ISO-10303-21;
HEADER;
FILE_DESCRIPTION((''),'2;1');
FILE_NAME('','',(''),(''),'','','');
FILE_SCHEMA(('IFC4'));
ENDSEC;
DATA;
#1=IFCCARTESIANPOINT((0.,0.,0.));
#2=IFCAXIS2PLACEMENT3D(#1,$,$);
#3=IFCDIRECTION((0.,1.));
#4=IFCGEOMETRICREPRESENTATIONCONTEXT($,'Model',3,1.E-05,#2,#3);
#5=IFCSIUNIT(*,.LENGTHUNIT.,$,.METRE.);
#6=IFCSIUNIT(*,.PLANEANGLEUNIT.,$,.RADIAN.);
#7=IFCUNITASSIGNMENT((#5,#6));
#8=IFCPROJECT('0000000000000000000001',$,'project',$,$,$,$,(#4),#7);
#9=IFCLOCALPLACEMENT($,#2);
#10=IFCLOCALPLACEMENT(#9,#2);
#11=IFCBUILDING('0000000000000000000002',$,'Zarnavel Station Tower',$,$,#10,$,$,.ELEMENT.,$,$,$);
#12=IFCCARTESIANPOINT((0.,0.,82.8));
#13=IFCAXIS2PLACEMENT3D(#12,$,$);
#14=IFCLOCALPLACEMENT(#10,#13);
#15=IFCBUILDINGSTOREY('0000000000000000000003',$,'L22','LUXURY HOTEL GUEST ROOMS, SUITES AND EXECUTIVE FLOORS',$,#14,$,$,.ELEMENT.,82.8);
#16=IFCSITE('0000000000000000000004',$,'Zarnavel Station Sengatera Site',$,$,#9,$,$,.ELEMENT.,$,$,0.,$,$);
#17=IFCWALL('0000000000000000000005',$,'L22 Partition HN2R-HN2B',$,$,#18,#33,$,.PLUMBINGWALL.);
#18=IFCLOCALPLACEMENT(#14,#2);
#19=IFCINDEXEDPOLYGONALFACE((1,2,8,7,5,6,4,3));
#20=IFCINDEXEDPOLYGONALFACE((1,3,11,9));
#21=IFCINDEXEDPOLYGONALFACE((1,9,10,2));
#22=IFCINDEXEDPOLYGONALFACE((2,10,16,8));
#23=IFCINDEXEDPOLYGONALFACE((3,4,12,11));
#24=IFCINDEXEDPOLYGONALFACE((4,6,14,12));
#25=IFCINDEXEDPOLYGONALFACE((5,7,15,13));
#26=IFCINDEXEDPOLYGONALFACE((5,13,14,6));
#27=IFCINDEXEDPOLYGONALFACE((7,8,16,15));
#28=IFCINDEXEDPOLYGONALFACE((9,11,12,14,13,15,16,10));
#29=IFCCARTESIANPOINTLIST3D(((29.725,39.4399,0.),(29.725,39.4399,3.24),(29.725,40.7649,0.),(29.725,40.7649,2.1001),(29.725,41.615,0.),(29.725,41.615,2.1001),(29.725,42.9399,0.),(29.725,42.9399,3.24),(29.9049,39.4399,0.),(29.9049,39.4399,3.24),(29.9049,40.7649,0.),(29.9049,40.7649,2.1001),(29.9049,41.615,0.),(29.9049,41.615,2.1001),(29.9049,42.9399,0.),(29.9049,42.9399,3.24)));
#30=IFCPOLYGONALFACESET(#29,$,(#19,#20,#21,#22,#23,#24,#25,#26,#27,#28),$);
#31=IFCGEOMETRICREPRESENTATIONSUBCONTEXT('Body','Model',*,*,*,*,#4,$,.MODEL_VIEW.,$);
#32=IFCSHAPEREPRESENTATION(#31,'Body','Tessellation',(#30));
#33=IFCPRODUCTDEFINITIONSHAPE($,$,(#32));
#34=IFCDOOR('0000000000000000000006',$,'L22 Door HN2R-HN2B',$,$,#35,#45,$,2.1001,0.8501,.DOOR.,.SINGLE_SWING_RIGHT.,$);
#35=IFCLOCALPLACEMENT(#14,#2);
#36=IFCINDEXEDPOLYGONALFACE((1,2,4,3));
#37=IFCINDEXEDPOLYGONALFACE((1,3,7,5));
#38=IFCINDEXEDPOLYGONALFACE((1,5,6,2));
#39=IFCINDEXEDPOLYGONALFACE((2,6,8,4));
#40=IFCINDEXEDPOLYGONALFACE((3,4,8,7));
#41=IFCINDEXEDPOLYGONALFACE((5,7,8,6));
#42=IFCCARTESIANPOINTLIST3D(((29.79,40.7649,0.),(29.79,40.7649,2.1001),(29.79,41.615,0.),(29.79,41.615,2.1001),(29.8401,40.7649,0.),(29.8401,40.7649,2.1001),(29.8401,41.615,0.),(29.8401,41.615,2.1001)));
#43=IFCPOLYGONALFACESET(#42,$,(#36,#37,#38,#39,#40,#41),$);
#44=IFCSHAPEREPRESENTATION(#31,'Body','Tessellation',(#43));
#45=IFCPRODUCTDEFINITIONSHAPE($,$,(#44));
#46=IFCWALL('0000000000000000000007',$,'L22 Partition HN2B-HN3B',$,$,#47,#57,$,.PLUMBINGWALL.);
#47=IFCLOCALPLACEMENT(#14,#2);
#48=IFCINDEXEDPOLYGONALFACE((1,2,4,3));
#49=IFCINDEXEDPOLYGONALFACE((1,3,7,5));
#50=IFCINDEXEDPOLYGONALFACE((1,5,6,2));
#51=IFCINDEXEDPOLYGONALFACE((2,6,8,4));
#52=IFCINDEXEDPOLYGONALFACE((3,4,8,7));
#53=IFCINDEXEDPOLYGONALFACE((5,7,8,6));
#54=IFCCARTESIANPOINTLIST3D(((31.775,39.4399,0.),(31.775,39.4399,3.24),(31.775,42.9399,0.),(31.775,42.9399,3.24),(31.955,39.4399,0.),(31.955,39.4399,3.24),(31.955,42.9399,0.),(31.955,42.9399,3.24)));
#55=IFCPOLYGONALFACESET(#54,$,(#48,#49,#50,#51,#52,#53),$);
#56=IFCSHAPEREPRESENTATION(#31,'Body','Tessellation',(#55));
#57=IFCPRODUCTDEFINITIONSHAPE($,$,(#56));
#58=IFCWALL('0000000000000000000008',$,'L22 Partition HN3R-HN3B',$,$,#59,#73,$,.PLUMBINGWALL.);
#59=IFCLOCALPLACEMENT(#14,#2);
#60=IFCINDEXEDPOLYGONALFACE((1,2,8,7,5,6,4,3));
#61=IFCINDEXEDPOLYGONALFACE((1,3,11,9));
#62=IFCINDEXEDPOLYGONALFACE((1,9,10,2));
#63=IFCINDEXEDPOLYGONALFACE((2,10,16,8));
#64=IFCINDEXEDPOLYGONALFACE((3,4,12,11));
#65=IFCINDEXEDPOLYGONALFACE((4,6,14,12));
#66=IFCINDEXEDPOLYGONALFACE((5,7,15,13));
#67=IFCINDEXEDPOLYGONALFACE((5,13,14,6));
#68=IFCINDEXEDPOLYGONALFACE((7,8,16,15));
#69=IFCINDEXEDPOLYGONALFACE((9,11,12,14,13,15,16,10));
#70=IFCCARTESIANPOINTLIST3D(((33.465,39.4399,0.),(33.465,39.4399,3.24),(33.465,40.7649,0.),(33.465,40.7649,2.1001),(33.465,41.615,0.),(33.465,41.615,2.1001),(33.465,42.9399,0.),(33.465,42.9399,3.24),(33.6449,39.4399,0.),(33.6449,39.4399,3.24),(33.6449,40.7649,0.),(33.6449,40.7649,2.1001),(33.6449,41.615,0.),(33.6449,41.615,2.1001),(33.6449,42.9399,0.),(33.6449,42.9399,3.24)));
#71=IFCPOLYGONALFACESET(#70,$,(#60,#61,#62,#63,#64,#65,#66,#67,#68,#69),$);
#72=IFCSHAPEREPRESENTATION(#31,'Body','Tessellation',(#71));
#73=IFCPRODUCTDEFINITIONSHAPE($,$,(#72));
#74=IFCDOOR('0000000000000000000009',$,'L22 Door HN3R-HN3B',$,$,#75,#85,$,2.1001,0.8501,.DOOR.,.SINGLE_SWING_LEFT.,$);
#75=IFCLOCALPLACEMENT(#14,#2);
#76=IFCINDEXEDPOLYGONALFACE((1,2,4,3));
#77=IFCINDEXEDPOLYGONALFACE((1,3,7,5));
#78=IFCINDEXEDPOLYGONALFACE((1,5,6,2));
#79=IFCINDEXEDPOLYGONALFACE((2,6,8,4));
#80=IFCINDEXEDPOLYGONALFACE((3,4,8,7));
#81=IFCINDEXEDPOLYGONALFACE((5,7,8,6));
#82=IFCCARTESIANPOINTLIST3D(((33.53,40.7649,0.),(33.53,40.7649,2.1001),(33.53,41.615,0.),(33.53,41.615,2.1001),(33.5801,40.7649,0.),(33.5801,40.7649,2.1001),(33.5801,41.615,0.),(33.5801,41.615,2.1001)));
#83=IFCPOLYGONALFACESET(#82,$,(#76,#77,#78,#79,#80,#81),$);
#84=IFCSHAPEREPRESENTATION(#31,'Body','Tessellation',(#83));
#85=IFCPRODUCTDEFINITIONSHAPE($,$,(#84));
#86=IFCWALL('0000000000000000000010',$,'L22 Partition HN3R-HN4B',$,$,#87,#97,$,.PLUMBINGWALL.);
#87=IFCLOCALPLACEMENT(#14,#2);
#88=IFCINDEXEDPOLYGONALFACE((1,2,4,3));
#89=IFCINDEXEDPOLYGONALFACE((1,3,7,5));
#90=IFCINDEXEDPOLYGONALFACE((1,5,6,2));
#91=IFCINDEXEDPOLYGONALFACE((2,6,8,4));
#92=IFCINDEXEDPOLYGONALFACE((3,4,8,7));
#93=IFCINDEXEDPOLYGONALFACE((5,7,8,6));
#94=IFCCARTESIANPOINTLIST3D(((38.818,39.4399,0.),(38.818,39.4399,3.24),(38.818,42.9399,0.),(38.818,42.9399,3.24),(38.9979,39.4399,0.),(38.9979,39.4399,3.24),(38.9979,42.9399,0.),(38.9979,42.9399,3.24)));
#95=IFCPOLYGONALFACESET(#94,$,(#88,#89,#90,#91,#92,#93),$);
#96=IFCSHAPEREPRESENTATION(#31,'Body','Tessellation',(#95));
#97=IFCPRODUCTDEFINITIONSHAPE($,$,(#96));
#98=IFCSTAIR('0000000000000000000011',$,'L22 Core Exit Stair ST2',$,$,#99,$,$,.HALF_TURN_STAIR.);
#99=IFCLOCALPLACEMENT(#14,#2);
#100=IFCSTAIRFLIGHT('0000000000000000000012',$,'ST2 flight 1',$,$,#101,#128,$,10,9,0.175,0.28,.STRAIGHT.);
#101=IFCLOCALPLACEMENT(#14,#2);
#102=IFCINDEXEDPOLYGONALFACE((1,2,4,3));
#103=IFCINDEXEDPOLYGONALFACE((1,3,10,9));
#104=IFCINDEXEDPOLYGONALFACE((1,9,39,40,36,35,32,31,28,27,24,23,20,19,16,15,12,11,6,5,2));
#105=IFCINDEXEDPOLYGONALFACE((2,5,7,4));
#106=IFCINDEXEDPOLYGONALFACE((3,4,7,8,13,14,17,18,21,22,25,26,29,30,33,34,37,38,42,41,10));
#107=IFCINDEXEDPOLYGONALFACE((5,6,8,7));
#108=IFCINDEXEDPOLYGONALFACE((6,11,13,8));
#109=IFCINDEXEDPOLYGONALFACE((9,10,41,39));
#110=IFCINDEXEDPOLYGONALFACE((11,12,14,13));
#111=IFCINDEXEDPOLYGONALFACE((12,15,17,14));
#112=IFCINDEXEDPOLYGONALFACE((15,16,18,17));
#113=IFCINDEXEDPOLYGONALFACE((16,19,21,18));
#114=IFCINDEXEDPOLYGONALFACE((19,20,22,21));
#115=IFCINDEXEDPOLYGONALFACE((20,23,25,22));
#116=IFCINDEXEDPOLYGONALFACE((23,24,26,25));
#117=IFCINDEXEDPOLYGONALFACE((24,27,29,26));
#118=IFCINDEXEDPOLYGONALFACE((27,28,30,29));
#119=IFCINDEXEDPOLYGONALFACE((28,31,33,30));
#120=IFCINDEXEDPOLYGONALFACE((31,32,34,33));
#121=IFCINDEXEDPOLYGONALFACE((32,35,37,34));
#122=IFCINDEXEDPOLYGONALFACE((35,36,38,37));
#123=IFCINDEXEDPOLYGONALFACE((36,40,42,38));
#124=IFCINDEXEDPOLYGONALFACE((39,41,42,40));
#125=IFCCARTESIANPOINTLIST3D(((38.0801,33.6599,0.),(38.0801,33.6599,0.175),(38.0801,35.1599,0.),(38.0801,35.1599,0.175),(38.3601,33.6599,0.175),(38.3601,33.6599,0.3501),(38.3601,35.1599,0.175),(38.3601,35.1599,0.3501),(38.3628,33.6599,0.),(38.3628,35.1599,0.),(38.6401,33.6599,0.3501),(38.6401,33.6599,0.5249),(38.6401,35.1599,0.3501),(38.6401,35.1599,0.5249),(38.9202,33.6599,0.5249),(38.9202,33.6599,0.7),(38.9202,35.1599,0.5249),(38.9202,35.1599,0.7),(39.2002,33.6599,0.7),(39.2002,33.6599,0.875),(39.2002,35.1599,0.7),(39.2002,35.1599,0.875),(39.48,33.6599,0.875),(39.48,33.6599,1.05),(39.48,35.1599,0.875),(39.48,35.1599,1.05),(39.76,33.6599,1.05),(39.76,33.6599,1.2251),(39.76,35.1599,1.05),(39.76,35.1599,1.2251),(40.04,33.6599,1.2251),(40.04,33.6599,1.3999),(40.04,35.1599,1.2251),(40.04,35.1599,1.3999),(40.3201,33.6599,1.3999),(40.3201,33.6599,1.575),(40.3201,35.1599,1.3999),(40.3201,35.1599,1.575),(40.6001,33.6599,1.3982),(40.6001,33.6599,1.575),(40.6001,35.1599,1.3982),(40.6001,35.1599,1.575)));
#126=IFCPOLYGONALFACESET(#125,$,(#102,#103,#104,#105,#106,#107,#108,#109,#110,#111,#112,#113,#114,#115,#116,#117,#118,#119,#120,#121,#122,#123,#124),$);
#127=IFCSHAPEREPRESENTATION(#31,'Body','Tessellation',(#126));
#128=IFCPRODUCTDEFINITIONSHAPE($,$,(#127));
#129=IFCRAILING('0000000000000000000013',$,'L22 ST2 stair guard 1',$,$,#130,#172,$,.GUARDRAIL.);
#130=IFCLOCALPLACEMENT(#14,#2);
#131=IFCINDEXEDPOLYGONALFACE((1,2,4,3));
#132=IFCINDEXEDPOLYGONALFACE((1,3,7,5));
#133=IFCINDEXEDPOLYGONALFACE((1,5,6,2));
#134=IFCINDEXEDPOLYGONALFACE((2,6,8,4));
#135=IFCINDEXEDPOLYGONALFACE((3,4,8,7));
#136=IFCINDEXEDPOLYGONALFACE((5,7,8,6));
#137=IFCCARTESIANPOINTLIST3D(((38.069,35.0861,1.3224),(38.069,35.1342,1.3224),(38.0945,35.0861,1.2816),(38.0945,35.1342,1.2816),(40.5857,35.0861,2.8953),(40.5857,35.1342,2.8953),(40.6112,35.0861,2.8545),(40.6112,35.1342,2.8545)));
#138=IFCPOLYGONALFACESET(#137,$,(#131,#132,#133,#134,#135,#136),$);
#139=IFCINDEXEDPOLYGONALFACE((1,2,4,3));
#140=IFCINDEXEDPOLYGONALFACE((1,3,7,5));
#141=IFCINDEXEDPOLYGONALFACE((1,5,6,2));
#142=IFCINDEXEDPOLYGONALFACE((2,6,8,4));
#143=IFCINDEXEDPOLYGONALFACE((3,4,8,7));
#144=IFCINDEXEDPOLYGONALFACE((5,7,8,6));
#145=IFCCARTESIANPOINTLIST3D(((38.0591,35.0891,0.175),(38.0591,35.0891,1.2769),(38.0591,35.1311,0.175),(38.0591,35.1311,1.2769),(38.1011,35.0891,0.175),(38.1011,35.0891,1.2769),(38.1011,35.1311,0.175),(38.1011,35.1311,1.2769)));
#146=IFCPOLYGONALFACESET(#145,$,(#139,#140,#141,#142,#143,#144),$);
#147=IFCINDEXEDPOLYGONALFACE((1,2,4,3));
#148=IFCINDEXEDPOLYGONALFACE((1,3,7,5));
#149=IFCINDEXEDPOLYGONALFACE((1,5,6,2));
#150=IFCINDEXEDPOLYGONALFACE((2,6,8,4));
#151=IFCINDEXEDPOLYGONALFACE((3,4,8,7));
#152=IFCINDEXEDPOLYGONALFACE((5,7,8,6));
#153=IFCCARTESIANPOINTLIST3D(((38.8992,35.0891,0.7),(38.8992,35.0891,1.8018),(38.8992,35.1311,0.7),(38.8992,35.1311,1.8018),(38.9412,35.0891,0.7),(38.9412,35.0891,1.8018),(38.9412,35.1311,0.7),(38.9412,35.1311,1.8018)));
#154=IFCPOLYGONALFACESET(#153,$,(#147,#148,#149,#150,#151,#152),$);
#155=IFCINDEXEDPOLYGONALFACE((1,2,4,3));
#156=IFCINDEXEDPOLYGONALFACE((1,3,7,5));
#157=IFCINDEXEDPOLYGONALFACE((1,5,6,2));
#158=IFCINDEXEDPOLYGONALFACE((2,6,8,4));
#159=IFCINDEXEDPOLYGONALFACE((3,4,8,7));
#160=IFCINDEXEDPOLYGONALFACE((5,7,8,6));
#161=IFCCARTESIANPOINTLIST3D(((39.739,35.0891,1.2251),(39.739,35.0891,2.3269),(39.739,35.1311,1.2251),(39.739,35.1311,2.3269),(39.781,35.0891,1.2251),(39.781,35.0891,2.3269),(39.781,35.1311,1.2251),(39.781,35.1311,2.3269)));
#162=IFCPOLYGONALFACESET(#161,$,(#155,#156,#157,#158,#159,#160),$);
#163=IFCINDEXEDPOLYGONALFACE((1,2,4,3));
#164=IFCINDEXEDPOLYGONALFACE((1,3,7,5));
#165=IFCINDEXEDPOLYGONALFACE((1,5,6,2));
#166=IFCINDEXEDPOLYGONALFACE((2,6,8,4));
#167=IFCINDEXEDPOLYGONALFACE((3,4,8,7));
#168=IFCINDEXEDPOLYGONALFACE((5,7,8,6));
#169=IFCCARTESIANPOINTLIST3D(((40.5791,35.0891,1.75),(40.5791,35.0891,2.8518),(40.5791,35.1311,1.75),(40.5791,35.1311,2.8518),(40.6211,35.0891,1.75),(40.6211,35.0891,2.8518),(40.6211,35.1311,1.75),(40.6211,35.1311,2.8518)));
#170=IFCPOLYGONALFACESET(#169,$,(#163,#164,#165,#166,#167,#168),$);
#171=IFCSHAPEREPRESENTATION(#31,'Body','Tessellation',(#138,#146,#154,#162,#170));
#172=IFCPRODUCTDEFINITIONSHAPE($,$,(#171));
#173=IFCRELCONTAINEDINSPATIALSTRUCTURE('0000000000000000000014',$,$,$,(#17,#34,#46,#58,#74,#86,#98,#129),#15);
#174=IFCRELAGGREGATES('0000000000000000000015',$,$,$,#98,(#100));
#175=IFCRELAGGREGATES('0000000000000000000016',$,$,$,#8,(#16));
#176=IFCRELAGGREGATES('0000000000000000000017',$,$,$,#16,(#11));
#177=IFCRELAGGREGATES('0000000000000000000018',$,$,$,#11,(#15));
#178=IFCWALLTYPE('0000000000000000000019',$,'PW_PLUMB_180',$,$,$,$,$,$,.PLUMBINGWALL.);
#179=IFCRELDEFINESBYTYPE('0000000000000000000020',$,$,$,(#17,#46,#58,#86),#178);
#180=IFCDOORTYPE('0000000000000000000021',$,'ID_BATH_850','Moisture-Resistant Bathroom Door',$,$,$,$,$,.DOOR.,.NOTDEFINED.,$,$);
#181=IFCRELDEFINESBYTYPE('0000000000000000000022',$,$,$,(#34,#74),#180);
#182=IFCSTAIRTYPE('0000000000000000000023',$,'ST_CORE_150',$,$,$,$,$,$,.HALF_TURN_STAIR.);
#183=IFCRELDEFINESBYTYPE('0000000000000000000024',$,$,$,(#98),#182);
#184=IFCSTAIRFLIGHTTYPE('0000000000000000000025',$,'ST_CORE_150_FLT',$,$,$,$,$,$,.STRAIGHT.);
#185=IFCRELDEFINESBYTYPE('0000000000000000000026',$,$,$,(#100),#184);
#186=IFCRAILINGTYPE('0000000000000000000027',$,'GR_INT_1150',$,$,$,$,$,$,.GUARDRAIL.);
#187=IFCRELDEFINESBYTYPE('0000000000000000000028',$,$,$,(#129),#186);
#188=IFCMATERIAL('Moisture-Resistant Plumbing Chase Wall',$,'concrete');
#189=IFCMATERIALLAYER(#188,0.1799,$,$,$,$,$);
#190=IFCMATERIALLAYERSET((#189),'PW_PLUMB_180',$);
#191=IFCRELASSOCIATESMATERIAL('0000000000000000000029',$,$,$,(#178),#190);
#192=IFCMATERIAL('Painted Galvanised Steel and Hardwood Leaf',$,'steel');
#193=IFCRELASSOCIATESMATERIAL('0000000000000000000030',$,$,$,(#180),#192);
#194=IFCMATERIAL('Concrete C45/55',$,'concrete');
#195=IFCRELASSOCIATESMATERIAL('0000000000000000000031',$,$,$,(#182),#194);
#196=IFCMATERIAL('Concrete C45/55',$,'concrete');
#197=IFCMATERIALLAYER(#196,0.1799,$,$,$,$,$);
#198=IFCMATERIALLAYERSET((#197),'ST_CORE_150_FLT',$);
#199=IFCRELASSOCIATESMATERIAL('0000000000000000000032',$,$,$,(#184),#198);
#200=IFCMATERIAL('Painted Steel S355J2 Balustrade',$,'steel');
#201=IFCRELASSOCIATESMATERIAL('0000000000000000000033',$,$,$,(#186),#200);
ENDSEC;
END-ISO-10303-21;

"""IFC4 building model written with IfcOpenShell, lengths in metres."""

from ifc_helpers import new_model, si_unit, direction, frame, frame_2d, origin, origin_2d, place, context, subcontext, project, spatial, polyline, rectangle, outline, extrude, material, layer, layer_set, type_object, element, fill, aggregate, save


model = new_model("IFC4")

# Units and contexts
model_context = context("Model", 3, precision=1e-05, world=origin(), true_north=direction((0.0, 1.0)))
body_context = subcontext(model_context, "Body", "Model", "MODEL_VIEW")
ifc_project = project(units=[si_unit("LENGTHUNIT", "METRE"), si_unit("PLANEANGLEUNIT", "RADIAN")], contexts=[model_context])

# Site, building, storey
site_placement = place(None, origin())
site = spatial("IfcSite", under=ifc_project, at=site_placement, Name="Zarnavel Station Sengatera Site", CompositionType="ELEMENT", RefElevation=0.0)
building_placement = place(site_placement, origin())
building = spatial("IfcBuilding", under=site, at=building_placement, Name="Zarnavel Station Tower", CompositionType="ELEMENT")
storey_placement = place(building_placement, frame((0.0, 0.0, 82.8)))
storey = spatial("IfcBuildingStorey", under=building, at=storey_placement, Name="L22", Description="LUXURY HOTEL GUEST ROOMS, SUITES AND EXECUTIVE FLOORS", CompositionType="ELEMENT", Elevation=82.8)

# Shared definitions
ifc_material_1 = material(Name="Moisture-Resistant Plumbing Chase Wall", Category="concrete")
ifc_layer_1 = layer(ifc_material_1, 0.1799)
ifc_layer_set_1 = layer_set([ifc_layer_1], Name="PW_PLUMB_180")
wall_type_1 = type_object("IfcWallType", Name="PW_PLUMB_180", PredefinedType="PLUMBINGWALL", material=ifc_layer_set_1)

# Wall, opening, door
wall_1_placement = place(storey_placement, frame((29.8149, 39.4399, 0.0), z_axis=(0.0, 0.0, 1.0), x_axis=(0.0, 1.0, 0.0)))
wall_1 = element("IfcWall", 1, at=wall_1_placement, inside=storey, type_object=wall_type_1, Name="L22 Partition HN2R-HN2B", PredefinedType="PLUMBINGWALL", context=body_context, shape_type="SweptSolid", body=[
    extrude(rectangle(XDim=3.5, YDim=0.1799, at=frame_2d((1.75, 0.0))), origin(), (0.0, 0.0, 1.0), 3.24),
])
opening_1_placement = place(wall_1_placement, frame((1.325, 0.0, 0.0)))
opening_1 = element("IfcOpeningElement", 2, at=opening_1_placement, cuts=wall_1, PredefinedType="OPENING", context=body_context, shape_type="SweptSolid", body=[
    extrude(rectangle(XDim=0.8501, YDim=2.1001, at=frame_2d((0.425, 1.05))), frame((0.0, 0.0999, 0.0), z_axis=(0.0, -1.0, 0.0), x_axis=(1.0, 0.0, 0.0)), (0.0, 0.0, 1.0), 0.2),
])
ifc_material_2 = material(Name="Painted Galvanised Steel and Hardwood Leaf", Category="steel")
door_type_1 = type_object("IfcDoorType", Name="ID_BATH_850", Description="Moisture-Resistant Bathroom Door", OperationType="NOTDEFINED", PredefinedType="DOOR", material=ifc_material_2)
door_1_placement = place(opening_1_placement, origin())
door_1 = element("IfcDoor", 3, at=door_1_placement, inside=storey, type_object=door_type_1, Name="L22 Door HN2R-HN2B", OperationType="SINGLE_SWING_RIGHT", OverallHeight=2.1001, OverallWidth=0.8501, PredefinedType="DOOR", context=body_context, shape_type="SweptSolid", body=[
    extrude(rectangle(XDim=0.8501, YDim=2.1001, at=frame_2d((0.425, 1.05))), frame((0.0, 0.0249, 0.0), z_axis=(0.0, -1.0, 0.0), x_axis=(1.0, 0.0, 0.0)), (0.0, 0.0, 1.0), 0.05),
])
fill(opening_1, door_1)

# Wall
wall_2_placement = place(storey_placement, frame((31.865, 39.4399, 0.0), z_axis=(0.0, 0.0, 1.0), x_axis=(0.0, 1.0, 0.0)))
element("IfcWall", 4, at=wall_2_placement, inside=storey, type_object=wall_type_1, Name="L22 Partition HN2B-HN3B", PredefinedType="PLUMBINGWALL", context=body_context, shape_type="SweptSolid", body=[
    extrude(rectangle(XDim=3.5, YDim=0.1799, at=frame_2d((1.75, 0.0))), origin(), (0.0, 0.0, 1.0), 3.24),
])

# Wall, opening, door
wall_3_placement = place(storey_placement, frame((33.5549, 39.4399, 0.0), z_axis=(0.0, 0.0, 1.0), x_axis=(0.0, 1.0, 0.0)))
wall_3 = element("IfcWall", 5, at=wall_3_placement, inside=storey, type_object=wall_type_1, Name="L22 Partition HN3R-HN3B", PredefinedType="PLUMBINGWALL", context=body_context, shape_type="SweptSolid", body=[
    extrude(rectangle(XDim=3.5, YDim=0.1799, at=frame_2d((1.75, 0.0))), origin(), (0.0, 0.0, 1.0), 3.24),
])
opening_2_placement = place(wall_3_placement, frame((1.325, 0.0, 0.0)))
opening_2 = element("IfcOpeningElement", 6, at=opening_2_placement, cuts=wall_3, PredefinedType="OPENING", context=body_context, shape_type="SweptSolid", body=[
    extrude(rectangle(XDim=0.8501, YDim=2.1001, at=frame_2d((0.425, 1.05))), frame((0.0, 0.0999, 0.0), z_axis=(0.0, -1.0, 0.0), x_axis=(1.0, 0.0, 0.0)), (0.0, 0.0, 1.0), 0.2),
])
door_2_placement = place(opening_2_placement, origin())
door_2 = element("IfcDoor", 7, at=door_2_placement, inside=storey, type_object=door_type_1, Name="L22 Door HN3R-HN3B", OperationType="SINGLE_SWING_LEFT", OverallHeight=2.1001, OverallWidth=0.8501, PredefinedType="DOOR", context=body_context, shape_type="SweptSolid", body=[
    extrude(rectangle(XDim=0.8501, YDim=2.1001, at=frame_2d((0.425, 1.05))), frame((0.0, 0.0249, 0.0), z_axis=(0.0, -1.0, 0.0), x_axis=(1.0, 0.0, 0.0)), (0.0, 0.0, 1.0), 0.05),
])
fill(opening_2, door_2)

# Wall
wall_4_placement = place(storey_placement, frame((38.908, 39.4399, 0.0), z_axis=(0.0, 0.0, 1.0), x_axis=(0.0, 1.0, 0.0)))
element("IfcWall", 8, at=wall_4_placement, inside=storey, type_object=wall_type_1, Name="L22 Partition HN3R-HN4B", PredefinedType="PLUMBINGWALL", context=body_context, shape_type="SweptSolid", body=[
    extrude(rectangle(XDim=3.5, YDim=0.1799, at=frame_2d((1.75, 0.0))), origin(), (0.0, 0.0, 1.0), 3.24),
])

# Stair, stair flight
ifc_material_3 = material(Name="Concrete C45/55", Category="concrete")
stair_type = type_object("IfcStairType", Name="ST_CORE_150", PredefinedType="HALF_TURN_STAIR", material=ifc_material_3)
stair_placement = place(storey_placement, origin())
stair = element("IfcStair", 9, at=stair_placement, inside=storey, type_object=stair_type, Name="L22 Core Exit Stair ST2", PredefinedType="HALF_TURN_STAIR")
ifc_material_4 = material(Name="Concrete C45/55", Category="concrete")
ifc_layer_2 = layer(ifc_material_4, 0.1799)
ifc_layer_set_2 = layer_set([ifc_layer_2], Name="ST_CORE_150_FLT")
stair_flight_type = type_object("IfcStairFlightType", Name="ST_CORE_150_FLT", PredefinedType="STRAIGHT", material=ifc_layer_set_2)
stair_flight_placement = place(storey_placement, frame((38.0801, 34.4099, 0.0), z_axis=(0.0, 0.0, 1.0), x_axis=(1.0, 0.0, 0.0)))
stair_flight = element("IfcStairFlight", 10, at=stair_flight_placement, type_object=stair_flight_type, Name="ST2 flight 1", NumberOfRisers=10, NumberOfTreads=9, PredefinedType="STRAIGHT", RiserHeight=0.175, TreadLength=0.28, context=body_context, shape_type="SweptSolid", body=[
    extrude(outline(polyline([(0.0, 0.0), (0.0, 0.175), (0.28, 0.175), (0.28, 0.3501), (0.5601, 0.3501), (0.5601, 0.5249), (0.8401, 0.5249), (0.8401, 0.7), (1.1201, 0.7), (1.1201, 0.875), (1.3999, 0.875), (1.3999, 1.05), (1.6799, 1.05), (1.6799, 1.2251), (1.96, 1.2251), (1.96, 1.3999), (2.24, 1.3999), (2.24, 1.575), (2.52, 1.575), (2.52, 1.75), (2.52, 1.3982), (0.2827, 0.0), (0.0, 0.0)])), frame((0.0, 0.75, 0.0), z_axis=(0.0, -1.0, 0.0), x_axis=(1.0, 0.0, 0.0)), (0.0, 0.0, 1.0), 1.5),
])
aggregate(stair, [stair_flight])

# Railing
ifc_material_5 = material(Name="Painted Steel S355J2 Balustrade", Category="steel")
railing_type_1 = type_object("IfcRailingType", Name="GR_INT_1150", PredefinedType="GUARDRAIL", material=ifc_material_5)
railing_1_placement = place(storey_placement, frame((38.0801, 35.1101, 0.175)))
element("IfcRailing", 11, at=railing_1_placement, inside=storey, type_object=railing_type_1, Name="L22 ST2 stair guard 1", PredefinedType="GUARDRAIL", context=body_context, shape_type="SweptSolid", body=[
    extrude(rectangle(XDim=0.0481, YDim=0.0481, at=origin_2d()), frame((0.0017, 0.0, 1.127), z_axis=(0.848008, 0.0, 0.529984), x_axis=(0.0, 1.0, 0.0)), (0.0, 0.0, 1.0), 2.9678),
    extrude(rectangle(XDim=0.042, YDim=0.042, at=origin_2d()), origin(), (0.0, 0.0, 1.0), 1.1018),
    extrude(rectangle(XDim=0.042, YDim=0.042, at=origin_2d()), frame((0.8401, 0.0, 0.5249)), (0.0, 0.0, 1.0), 1.1018),
    extrude(rectangle(XDim=0.042, YDim=0.042, at=origin_2d()), frame((1.6799, 0.0, 1.05)), (0.0, 0.0, 1.0), 1.1018),
    extrude(rectangle(XDim=0.042, YDim=0.042, at=origin_2d()), frame((2.52, 0.0, 1.575)), (0.0, 0.0, 1.0), 1.1018),
])

save(model, "model.ifc")
